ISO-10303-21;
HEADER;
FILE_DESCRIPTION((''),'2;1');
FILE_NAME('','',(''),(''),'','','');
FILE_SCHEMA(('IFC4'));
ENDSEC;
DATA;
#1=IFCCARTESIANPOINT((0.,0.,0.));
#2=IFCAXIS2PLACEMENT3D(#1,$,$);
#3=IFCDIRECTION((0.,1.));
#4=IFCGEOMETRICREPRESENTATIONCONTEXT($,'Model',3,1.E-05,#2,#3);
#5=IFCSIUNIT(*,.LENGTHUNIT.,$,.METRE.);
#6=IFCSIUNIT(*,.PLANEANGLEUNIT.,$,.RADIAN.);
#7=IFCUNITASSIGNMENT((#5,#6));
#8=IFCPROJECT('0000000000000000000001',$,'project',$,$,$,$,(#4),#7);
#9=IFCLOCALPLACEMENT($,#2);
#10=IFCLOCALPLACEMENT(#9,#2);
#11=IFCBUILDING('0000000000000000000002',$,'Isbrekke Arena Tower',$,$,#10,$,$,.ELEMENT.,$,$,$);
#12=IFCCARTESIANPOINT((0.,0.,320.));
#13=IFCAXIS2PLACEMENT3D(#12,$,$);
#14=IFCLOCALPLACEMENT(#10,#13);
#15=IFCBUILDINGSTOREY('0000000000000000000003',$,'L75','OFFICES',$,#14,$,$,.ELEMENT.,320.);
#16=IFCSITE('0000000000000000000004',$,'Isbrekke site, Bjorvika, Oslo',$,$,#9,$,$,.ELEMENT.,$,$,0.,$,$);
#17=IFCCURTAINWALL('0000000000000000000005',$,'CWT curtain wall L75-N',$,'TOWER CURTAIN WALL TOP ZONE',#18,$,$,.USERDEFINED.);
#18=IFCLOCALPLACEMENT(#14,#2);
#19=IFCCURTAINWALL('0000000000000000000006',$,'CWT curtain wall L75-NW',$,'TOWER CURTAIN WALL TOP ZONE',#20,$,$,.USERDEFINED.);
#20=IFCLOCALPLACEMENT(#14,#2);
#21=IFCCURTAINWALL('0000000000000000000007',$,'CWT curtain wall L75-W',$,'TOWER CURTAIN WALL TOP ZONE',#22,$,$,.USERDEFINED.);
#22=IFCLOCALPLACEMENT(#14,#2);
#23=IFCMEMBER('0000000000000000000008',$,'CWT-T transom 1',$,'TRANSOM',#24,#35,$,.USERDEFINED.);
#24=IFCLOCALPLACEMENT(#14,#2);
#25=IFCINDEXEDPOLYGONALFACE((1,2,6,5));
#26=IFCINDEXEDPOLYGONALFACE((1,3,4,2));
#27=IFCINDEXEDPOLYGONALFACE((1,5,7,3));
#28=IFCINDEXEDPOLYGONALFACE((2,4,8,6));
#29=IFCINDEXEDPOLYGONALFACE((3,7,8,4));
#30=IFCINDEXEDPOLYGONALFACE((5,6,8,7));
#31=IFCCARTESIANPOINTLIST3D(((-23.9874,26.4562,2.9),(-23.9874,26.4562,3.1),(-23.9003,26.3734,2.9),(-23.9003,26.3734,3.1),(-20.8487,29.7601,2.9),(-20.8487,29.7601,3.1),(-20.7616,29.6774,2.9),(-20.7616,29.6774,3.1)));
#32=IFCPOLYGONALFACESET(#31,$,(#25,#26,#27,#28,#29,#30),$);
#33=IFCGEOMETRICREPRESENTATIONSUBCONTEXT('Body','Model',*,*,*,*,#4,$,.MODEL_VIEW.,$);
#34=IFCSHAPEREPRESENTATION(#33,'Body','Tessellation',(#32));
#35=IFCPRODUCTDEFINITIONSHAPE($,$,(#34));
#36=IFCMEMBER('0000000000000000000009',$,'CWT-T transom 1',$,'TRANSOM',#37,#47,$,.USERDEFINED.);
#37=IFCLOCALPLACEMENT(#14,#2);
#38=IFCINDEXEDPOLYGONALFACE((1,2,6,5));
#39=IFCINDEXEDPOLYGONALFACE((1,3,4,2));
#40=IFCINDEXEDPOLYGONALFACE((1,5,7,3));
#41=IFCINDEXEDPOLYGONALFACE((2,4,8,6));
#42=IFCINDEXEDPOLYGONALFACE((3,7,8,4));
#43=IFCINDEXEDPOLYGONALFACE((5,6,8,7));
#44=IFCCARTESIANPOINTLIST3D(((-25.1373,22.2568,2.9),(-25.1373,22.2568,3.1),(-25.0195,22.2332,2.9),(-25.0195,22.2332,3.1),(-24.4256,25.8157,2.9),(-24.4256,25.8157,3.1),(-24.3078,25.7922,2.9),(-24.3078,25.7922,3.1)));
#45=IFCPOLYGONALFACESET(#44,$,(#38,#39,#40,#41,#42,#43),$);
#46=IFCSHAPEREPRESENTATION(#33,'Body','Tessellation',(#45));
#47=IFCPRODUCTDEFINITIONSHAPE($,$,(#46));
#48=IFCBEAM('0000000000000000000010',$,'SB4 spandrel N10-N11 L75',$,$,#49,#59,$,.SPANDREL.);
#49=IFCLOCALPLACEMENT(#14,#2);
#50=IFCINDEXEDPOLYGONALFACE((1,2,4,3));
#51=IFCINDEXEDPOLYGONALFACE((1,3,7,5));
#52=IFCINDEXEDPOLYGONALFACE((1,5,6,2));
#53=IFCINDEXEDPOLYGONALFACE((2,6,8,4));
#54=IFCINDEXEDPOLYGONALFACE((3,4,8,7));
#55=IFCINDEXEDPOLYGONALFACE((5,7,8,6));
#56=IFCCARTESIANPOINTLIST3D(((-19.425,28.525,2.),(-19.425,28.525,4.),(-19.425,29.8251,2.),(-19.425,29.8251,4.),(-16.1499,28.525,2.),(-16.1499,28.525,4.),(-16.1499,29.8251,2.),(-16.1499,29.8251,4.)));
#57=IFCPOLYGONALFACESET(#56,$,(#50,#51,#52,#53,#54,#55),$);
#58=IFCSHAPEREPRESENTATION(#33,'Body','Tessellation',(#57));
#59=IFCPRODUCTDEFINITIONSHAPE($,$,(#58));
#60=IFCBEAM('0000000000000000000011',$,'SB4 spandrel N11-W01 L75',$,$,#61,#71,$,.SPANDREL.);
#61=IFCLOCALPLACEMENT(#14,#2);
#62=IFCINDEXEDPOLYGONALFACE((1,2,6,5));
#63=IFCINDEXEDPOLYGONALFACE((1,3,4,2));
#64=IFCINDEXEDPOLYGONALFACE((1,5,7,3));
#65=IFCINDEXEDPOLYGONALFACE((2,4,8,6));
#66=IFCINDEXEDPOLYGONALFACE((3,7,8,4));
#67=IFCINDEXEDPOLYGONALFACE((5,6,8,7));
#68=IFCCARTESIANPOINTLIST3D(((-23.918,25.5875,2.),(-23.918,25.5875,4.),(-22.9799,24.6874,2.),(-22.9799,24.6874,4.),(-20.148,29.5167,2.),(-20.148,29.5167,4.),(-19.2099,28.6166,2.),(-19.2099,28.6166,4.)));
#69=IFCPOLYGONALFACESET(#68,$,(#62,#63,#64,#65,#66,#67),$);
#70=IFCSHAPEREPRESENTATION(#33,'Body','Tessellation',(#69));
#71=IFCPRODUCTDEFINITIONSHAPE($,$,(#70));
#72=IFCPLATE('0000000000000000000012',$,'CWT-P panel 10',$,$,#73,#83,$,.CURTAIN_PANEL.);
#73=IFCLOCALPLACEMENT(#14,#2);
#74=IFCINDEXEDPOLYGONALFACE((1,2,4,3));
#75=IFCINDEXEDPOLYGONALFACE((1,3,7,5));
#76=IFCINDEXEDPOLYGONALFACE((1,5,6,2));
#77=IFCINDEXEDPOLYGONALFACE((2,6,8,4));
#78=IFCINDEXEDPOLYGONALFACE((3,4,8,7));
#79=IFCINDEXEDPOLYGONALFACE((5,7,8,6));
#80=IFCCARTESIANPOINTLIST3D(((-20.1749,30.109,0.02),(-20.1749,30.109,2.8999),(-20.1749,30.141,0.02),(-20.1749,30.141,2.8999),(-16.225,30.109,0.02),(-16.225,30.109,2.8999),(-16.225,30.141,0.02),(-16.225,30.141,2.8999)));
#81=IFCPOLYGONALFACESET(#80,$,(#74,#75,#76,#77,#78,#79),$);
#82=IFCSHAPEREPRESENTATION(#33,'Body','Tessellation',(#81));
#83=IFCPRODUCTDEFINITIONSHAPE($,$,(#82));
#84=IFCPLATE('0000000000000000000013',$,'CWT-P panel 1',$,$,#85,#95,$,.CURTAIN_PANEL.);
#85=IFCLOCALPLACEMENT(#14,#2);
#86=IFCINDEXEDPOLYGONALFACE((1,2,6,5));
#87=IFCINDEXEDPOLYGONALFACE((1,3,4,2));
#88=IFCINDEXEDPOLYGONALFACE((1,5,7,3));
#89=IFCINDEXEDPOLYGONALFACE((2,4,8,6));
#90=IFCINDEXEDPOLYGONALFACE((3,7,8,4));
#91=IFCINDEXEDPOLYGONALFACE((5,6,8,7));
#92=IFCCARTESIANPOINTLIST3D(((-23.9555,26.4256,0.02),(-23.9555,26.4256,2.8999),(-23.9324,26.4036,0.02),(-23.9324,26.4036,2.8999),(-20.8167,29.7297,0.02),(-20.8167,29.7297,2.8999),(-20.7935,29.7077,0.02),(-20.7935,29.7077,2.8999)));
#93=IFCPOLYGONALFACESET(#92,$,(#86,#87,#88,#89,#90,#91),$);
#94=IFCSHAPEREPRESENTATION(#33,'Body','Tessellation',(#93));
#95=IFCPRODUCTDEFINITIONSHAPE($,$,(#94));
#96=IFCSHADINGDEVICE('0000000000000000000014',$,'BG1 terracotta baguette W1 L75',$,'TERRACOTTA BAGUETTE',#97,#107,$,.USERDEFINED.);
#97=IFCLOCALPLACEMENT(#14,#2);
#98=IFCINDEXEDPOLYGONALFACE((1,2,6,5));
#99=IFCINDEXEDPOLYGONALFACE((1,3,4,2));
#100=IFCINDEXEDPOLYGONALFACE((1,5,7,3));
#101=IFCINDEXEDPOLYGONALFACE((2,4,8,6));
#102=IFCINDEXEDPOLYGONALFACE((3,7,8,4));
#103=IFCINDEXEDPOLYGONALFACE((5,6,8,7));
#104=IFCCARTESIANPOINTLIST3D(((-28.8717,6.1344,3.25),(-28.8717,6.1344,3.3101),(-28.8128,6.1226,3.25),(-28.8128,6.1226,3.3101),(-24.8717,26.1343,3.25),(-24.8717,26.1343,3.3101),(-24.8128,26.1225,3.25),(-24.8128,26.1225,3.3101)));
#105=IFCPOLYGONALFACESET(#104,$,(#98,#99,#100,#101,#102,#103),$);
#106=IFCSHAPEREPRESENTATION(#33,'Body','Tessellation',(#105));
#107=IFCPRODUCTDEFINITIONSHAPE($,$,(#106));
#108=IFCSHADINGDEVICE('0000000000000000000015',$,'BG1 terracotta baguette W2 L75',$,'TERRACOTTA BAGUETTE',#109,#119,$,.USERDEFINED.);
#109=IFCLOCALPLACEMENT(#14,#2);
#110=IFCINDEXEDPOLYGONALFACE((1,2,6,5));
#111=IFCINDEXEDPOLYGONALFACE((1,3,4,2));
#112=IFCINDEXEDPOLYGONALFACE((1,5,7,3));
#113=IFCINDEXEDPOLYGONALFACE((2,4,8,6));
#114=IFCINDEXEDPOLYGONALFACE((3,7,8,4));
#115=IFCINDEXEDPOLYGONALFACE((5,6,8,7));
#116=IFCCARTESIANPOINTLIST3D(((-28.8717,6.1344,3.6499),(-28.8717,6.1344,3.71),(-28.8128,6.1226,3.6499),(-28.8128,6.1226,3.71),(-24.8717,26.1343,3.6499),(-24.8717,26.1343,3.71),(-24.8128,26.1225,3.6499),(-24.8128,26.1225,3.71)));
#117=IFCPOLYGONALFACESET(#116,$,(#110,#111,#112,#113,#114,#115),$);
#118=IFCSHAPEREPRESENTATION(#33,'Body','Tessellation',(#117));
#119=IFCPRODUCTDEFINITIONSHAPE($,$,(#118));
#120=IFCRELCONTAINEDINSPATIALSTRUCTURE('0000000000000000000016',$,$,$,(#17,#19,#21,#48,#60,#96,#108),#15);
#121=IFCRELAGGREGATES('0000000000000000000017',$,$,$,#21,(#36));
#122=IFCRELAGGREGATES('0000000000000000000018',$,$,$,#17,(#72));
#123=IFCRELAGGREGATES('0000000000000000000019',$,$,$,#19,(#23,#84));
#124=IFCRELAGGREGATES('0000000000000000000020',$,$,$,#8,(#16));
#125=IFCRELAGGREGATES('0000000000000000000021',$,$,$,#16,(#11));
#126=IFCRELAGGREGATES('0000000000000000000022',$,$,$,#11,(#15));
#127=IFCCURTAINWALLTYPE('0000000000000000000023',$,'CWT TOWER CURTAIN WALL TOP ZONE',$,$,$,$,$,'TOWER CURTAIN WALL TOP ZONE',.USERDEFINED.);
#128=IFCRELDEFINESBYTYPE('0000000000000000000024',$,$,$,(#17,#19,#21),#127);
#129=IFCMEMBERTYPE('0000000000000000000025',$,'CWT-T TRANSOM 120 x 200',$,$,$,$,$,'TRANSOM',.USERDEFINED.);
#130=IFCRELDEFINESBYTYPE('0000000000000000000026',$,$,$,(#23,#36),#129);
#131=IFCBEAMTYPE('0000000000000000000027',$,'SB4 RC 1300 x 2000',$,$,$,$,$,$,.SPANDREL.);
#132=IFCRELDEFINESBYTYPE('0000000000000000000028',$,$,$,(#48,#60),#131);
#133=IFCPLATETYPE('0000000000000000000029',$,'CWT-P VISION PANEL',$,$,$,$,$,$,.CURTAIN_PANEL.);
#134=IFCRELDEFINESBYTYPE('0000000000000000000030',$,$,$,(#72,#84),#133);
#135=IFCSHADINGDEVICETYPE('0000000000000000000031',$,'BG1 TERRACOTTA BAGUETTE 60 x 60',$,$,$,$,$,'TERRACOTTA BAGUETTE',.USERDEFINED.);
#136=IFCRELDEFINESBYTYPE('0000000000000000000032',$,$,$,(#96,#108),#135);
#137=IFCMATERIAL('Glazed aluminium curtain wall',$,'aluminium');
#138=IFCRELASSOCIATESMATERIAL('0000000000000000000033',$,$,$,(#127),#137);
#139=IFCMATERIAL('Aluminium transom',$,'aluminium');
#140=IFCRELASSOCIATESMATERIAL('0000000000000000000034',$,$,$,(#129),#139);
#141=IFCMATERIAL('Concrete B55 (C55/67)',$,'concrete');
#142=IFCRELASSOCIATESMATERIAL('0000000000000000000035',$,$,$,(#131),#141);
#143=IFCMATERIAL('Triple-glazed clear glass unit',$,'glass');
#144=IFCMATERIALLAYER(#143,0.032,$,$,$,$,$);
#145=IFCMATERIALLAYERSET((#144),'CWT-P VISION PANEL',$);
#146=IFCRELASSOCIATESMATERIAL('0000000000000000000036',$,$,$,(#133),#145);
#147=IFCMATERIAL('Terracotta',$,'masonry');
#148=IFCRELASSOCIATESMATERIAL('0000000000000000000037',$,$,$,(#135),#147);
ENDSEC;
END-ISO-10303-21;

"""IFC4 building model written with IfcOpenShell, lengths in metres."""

from ifc_helpers import new_model, si_unit, direction, frame, origin, origin_2d, place, context, subcontext, project, spatial, rectangle, extrude, material, layer, layer_set, material_profile, profile_set, type_object, element, aggregate, save


model = new_model("IFC4")

# Units and contexts
model_context = context("Model", 3, precision=1e-05, world=origin(), true_north=direction((0.0, 1.0)))
body_context = subcontext(model_context, "Body", "Model", "MODEL_VIEW")
ifc_project = project(units=[si_unit("LENGTHUNIT", "METRE"), si_unit("PLANEANGLEUNIT", "RADIAN")], contexts=[model_context])

# Site, building, storey
site_placement = place(None, origin())
site = spatial("IfcSite", under=ifc_project, at=site_placement, Name="Isbrekke site, Bjorvika, Oslo", CompositionType="ELEMENT", RefElevation=0.0)
building_placement = place(site_placement, origin())
building = spatial("IfcBuilding", under=site, at=building_placement, Name="Isbrekke Arena Tower", CompositionType="ELEMENT")
storey_placement = place(building_placement, frame((0.0, 0.0, 320.0)))
storey = spatial("IfcBuildingStorey", under=building, at=storey_placement, Name="L75", Description="OFFICES", CompositionType="ELEMENT", Elevation=320.0)

# Curtain wall
ifc_material_1 = material(Name="Glazed aluminium curtain wall", Category="aluminium")
curtain_wall_type = type_object("IfcCurtainWallType", Name="CWT TOWER CURTAIN WALL TOP ZONE", ElementType="TOWER CURTAIN WALL TOP ZONE", PredefinedType="USERDEFINED", material=ifc_material_1)
curtain_wall_1_placement = place(storey_placement, origin())
curtain_wall_1 = element("IfcCurtainWall", 1, at=curtain_wall_1_placement, inside=storey, type_object=curtain_wall_type, Name="CWT curtain wall L75-N", ObjectType="TOWER CURTAIN WALL TOP ZONE", PredefinedType="USERDEFINED")

# Curtain wall
curtain_wall_2_placement = place(storey_placement, origin())
curtain_wall_2 = element("IfcCurtainWall", 2, at=curtain_wall_2_placement, inside=storey, type_object=curtain_wall_type, Name="CWT curtain wall L75-NW", ObjectType="TOWER CURTAIN WALL TOP ZONE", PredefinedType="USERDEFINED")

# Curtain wall
curtain_wall_3_placement = place(storey_placement, origin())
curtain_wall_3 = element("IfcCurtainWall", 3, at=curtain_wall_3_placement, inside=storey, type_object=curtain_wall_type, Name="CWT curtain wall L75-W", ObjectType="TOWER CURTAIN WALL TOP ZONE", PredefinedType="USERDEFINED")

# Members
ifc_material_2 = material(Name="Aluminium transom", Category="aluminium")
ifc_material_profile_1 = material_profile(ifc_material_2, rectangle(XDim=0.1201, YDim=0.2, at=origin_2d()), Name="TRANSOM 120X200")
ifc_profile_set_1 = profile_set([ifc_material_profile_1], Name="Aluminium transom")
member_type_1 = type_object("IfcMemberType", Name="CWT-T TRANSOM 120 x 200", ElementType="TRANSOM", PredefinedType="USERDEFINED", material=ifc_profile_set_1)
member_1_placement = place(storey_placement, frame((-20.8052, 29.7188, 3.0), z_axis=(-0.68874, -0.725009, 0.0), x_axis=(0.725009, -0.68874, 0.0)))
member_1 = element("IfcMember", 4, at=member_1_placement, type_object=member_type_1, Name="CWT-T transom 1", ObjectType="TRANSOM", PredefinedType="USERDEFINED", context=body_context, shape_type="SweptSolid", body=[
    extrude(rectangle(XDim=0.1201, YDim=0.2, at=origin_2d()), origin(), (0.0, 0.0, 1.0), 4.5571),
])
member_2_placement = place(storey_placement, frame((-24.3667, 25.804, 3.0), z_axis=(-0.19609, -0.980586, 0.0), x_axis=(0.980586, -0.19609, 0.0)))
member_2 = element("IfcMember", 5, at=member_2_placement, type_object=member_type_1, Name="CWT-T transom 1", ObjectType="TRANSOM", PredefinedType="USERDEFINED", context=body_context, shape_type="SweptSolid", body=[
    extrude(rectangle(XDim=0.1201, YDim=0.2, at=origin_2d()), origin(), (0.0, 0.0, 1.0), 3.6294),
])
aggregate(curtain_wall_3, [member_2])

# Beams
ifc_material_3 = material(Name="Concrete B55 (C55/67)", Category="concrete")
ifc_material_profile_2 = material_profile(ifc_material_3, rectangle(XDim=1.3, YDim=2.0, at=origin_2d()), Name="RC 1300x2000")
ifc_profile_set_2 = profile_set([ifc_material_profile_2], Name="Concrete B55 (C55/67)")
beam_type_1 = type_object("IfcBeamType", Name="SB4 RC 1300 x 2000", PredefinedType="SPANDREL", material=ifc_profile_set_2)
beam_1_placement = place(storey_placement, frame((-16.1499, 29.175, 3.0), z_axis=(-1.0, 0.0, 0.0), x_axis=(0.0, -1.0, 0.0)))
element("IfcBeam", 6, at=beam_1_placement, inside=storey, type_object=beam_type_1, Name="SB4 spandrel N10-N11 L75", PredefinedType="SPANDREL", context=body_context, shape_type="SweptSolid", body=[
    extrude(rectangle(XDim=1.3, YDim=2.0, at=origin_2d()), origin(), (0.0, 0.0, 1.0), 3.2751),
])
beam_2_placement = place(storey_placement, frame((-19.679, 29.0667, 3.0), z_axis=(-0.69234, -0.721572, 0.0), x_axis=(0.721572, -0.69234, 0.0)))
element("IfcBeam", 7, at=beam_2_placement, inside=storey, type_object=beam_type_1, Name="SB4 spandrel N11-W01 L75", PredefinedType="SPANDREL", context=body_context, shape_type="SweptSolid", body=[
    extrude(rectangle(XDim=1.3, YDim=2.0, at=origin_2d()), origin(), (0.0, 0.0, 1.0), 5.4453),
])

# Plates
ifc_material_4 = material(Name="Triple-glazed clear glass unit", Category="glass")
ifc_layer_1 = layer(ifc_material_4, 0.032)
ifc_layer_set_1 = layer_set([ifc_layer_1], Name="CWT-P VISION PANEL")
plate_type = type_object("IfcPlateType", Name="CWT-P VISION PANEL", PredefinedType="CURTAIN_PANEL", material=ifc_layer_set_1)
plate_1_placement = place(storey_placement, frame((-18.2, 30.125, 0.02), z_axis=(0.0, 0.0, 1.0), x_axis=(-1.0, 0.0, 0.0)))
plate_1 = element("IfcPlate", 8, at=plate_1_placement, type_object=plate_type, Name="CWT-P panel 10", PredefinedType="CURTAIN_PANEL", context=body_context, shape_type="SweptSolid", body=[
    extrude(rectangle(XDim=3.95, YDim=0.032, at=origin_2d()), origin(), (0.0, 0.0, 1.0), 2.8799),
])
aggregate(curtain_wall_1, [plate_1])
plate_2_placement = place(storey_placement, frame((-22.3745, 28.0667, 0.02), z_axis=(0.0, 0.0, 1.0), x_axis=(-0.688749, -0.724999, 0.0)))
plate_2 = element("IfcPlate", 9, at=plate_2_placement, type_object=plate_type, Name="CWT-P panel 1", PredefinedType="CURTAIN_PANEL", context=body_context, shape_type="SweptSolid", body=[
    extrude(rectangle(XDim=4.5574, YDim=0.032, at=origin_2d()), origin(), (0.0, 0.0, 1.0), 2.8799),
])
aggregate(curtain_wall_2, [member_1, plate_2])

# Shading devices
ifc_material_5 = material(Name="Terracotta", Category="masonry")
ifc_material_profile_3 = material_profile(ifc_material_5, rectangle(XDim=0.0601, YDim=0.0601, at=origin_2d()), Name="BAGUETTE 60X60")
ifc_profile_set_3 = profile_set([ifc_material_profile_3], Name="Terracotta")
shading_device_type = type_object("IfcShadingDeviceType", Name="BG1 TERRACOTTA BAGUETTE 60 x 60", ElementType="TERRACOTTA BAGUETTE", PredefinedType="USERDEFINED", material=ifc_profile_set_3)
for number, where, z_axis, x_axis, name in (
    (10, (-24.8423, 26.1284, 3.28), (-0.196116, -0.980581, 0.0), (0.980581, -0.196116, 0.0), "BG1 terracotta baguette W1 L75"),
    (11, (-24.8423, 26.1284, 3.6799), (-0.196116, -0.980581, 0.0), (0.980581, -0.196116, 0.0), "BG1 terracotta baguette W2 L75"),
):
    element("IfcShadingDevice", number, at=place(storey_placement, frame(where, z_axis=z_axis, x_axis=x_axis)), inside=storey, type_object=shading_device_type, Name=name, ObjectType="TERRACOTTA BAGUETTE", PredefinedType="USERDEFINED", context=body_context, shape_type="SweptSolid", body=[
        extrude(rectangle(XDim=0.0601, YDim=0.0601, at=origin_2d()), origin(), (0.0, 0.0, 1.0), 20.396),
    ])

save(model, "model.ifc")
